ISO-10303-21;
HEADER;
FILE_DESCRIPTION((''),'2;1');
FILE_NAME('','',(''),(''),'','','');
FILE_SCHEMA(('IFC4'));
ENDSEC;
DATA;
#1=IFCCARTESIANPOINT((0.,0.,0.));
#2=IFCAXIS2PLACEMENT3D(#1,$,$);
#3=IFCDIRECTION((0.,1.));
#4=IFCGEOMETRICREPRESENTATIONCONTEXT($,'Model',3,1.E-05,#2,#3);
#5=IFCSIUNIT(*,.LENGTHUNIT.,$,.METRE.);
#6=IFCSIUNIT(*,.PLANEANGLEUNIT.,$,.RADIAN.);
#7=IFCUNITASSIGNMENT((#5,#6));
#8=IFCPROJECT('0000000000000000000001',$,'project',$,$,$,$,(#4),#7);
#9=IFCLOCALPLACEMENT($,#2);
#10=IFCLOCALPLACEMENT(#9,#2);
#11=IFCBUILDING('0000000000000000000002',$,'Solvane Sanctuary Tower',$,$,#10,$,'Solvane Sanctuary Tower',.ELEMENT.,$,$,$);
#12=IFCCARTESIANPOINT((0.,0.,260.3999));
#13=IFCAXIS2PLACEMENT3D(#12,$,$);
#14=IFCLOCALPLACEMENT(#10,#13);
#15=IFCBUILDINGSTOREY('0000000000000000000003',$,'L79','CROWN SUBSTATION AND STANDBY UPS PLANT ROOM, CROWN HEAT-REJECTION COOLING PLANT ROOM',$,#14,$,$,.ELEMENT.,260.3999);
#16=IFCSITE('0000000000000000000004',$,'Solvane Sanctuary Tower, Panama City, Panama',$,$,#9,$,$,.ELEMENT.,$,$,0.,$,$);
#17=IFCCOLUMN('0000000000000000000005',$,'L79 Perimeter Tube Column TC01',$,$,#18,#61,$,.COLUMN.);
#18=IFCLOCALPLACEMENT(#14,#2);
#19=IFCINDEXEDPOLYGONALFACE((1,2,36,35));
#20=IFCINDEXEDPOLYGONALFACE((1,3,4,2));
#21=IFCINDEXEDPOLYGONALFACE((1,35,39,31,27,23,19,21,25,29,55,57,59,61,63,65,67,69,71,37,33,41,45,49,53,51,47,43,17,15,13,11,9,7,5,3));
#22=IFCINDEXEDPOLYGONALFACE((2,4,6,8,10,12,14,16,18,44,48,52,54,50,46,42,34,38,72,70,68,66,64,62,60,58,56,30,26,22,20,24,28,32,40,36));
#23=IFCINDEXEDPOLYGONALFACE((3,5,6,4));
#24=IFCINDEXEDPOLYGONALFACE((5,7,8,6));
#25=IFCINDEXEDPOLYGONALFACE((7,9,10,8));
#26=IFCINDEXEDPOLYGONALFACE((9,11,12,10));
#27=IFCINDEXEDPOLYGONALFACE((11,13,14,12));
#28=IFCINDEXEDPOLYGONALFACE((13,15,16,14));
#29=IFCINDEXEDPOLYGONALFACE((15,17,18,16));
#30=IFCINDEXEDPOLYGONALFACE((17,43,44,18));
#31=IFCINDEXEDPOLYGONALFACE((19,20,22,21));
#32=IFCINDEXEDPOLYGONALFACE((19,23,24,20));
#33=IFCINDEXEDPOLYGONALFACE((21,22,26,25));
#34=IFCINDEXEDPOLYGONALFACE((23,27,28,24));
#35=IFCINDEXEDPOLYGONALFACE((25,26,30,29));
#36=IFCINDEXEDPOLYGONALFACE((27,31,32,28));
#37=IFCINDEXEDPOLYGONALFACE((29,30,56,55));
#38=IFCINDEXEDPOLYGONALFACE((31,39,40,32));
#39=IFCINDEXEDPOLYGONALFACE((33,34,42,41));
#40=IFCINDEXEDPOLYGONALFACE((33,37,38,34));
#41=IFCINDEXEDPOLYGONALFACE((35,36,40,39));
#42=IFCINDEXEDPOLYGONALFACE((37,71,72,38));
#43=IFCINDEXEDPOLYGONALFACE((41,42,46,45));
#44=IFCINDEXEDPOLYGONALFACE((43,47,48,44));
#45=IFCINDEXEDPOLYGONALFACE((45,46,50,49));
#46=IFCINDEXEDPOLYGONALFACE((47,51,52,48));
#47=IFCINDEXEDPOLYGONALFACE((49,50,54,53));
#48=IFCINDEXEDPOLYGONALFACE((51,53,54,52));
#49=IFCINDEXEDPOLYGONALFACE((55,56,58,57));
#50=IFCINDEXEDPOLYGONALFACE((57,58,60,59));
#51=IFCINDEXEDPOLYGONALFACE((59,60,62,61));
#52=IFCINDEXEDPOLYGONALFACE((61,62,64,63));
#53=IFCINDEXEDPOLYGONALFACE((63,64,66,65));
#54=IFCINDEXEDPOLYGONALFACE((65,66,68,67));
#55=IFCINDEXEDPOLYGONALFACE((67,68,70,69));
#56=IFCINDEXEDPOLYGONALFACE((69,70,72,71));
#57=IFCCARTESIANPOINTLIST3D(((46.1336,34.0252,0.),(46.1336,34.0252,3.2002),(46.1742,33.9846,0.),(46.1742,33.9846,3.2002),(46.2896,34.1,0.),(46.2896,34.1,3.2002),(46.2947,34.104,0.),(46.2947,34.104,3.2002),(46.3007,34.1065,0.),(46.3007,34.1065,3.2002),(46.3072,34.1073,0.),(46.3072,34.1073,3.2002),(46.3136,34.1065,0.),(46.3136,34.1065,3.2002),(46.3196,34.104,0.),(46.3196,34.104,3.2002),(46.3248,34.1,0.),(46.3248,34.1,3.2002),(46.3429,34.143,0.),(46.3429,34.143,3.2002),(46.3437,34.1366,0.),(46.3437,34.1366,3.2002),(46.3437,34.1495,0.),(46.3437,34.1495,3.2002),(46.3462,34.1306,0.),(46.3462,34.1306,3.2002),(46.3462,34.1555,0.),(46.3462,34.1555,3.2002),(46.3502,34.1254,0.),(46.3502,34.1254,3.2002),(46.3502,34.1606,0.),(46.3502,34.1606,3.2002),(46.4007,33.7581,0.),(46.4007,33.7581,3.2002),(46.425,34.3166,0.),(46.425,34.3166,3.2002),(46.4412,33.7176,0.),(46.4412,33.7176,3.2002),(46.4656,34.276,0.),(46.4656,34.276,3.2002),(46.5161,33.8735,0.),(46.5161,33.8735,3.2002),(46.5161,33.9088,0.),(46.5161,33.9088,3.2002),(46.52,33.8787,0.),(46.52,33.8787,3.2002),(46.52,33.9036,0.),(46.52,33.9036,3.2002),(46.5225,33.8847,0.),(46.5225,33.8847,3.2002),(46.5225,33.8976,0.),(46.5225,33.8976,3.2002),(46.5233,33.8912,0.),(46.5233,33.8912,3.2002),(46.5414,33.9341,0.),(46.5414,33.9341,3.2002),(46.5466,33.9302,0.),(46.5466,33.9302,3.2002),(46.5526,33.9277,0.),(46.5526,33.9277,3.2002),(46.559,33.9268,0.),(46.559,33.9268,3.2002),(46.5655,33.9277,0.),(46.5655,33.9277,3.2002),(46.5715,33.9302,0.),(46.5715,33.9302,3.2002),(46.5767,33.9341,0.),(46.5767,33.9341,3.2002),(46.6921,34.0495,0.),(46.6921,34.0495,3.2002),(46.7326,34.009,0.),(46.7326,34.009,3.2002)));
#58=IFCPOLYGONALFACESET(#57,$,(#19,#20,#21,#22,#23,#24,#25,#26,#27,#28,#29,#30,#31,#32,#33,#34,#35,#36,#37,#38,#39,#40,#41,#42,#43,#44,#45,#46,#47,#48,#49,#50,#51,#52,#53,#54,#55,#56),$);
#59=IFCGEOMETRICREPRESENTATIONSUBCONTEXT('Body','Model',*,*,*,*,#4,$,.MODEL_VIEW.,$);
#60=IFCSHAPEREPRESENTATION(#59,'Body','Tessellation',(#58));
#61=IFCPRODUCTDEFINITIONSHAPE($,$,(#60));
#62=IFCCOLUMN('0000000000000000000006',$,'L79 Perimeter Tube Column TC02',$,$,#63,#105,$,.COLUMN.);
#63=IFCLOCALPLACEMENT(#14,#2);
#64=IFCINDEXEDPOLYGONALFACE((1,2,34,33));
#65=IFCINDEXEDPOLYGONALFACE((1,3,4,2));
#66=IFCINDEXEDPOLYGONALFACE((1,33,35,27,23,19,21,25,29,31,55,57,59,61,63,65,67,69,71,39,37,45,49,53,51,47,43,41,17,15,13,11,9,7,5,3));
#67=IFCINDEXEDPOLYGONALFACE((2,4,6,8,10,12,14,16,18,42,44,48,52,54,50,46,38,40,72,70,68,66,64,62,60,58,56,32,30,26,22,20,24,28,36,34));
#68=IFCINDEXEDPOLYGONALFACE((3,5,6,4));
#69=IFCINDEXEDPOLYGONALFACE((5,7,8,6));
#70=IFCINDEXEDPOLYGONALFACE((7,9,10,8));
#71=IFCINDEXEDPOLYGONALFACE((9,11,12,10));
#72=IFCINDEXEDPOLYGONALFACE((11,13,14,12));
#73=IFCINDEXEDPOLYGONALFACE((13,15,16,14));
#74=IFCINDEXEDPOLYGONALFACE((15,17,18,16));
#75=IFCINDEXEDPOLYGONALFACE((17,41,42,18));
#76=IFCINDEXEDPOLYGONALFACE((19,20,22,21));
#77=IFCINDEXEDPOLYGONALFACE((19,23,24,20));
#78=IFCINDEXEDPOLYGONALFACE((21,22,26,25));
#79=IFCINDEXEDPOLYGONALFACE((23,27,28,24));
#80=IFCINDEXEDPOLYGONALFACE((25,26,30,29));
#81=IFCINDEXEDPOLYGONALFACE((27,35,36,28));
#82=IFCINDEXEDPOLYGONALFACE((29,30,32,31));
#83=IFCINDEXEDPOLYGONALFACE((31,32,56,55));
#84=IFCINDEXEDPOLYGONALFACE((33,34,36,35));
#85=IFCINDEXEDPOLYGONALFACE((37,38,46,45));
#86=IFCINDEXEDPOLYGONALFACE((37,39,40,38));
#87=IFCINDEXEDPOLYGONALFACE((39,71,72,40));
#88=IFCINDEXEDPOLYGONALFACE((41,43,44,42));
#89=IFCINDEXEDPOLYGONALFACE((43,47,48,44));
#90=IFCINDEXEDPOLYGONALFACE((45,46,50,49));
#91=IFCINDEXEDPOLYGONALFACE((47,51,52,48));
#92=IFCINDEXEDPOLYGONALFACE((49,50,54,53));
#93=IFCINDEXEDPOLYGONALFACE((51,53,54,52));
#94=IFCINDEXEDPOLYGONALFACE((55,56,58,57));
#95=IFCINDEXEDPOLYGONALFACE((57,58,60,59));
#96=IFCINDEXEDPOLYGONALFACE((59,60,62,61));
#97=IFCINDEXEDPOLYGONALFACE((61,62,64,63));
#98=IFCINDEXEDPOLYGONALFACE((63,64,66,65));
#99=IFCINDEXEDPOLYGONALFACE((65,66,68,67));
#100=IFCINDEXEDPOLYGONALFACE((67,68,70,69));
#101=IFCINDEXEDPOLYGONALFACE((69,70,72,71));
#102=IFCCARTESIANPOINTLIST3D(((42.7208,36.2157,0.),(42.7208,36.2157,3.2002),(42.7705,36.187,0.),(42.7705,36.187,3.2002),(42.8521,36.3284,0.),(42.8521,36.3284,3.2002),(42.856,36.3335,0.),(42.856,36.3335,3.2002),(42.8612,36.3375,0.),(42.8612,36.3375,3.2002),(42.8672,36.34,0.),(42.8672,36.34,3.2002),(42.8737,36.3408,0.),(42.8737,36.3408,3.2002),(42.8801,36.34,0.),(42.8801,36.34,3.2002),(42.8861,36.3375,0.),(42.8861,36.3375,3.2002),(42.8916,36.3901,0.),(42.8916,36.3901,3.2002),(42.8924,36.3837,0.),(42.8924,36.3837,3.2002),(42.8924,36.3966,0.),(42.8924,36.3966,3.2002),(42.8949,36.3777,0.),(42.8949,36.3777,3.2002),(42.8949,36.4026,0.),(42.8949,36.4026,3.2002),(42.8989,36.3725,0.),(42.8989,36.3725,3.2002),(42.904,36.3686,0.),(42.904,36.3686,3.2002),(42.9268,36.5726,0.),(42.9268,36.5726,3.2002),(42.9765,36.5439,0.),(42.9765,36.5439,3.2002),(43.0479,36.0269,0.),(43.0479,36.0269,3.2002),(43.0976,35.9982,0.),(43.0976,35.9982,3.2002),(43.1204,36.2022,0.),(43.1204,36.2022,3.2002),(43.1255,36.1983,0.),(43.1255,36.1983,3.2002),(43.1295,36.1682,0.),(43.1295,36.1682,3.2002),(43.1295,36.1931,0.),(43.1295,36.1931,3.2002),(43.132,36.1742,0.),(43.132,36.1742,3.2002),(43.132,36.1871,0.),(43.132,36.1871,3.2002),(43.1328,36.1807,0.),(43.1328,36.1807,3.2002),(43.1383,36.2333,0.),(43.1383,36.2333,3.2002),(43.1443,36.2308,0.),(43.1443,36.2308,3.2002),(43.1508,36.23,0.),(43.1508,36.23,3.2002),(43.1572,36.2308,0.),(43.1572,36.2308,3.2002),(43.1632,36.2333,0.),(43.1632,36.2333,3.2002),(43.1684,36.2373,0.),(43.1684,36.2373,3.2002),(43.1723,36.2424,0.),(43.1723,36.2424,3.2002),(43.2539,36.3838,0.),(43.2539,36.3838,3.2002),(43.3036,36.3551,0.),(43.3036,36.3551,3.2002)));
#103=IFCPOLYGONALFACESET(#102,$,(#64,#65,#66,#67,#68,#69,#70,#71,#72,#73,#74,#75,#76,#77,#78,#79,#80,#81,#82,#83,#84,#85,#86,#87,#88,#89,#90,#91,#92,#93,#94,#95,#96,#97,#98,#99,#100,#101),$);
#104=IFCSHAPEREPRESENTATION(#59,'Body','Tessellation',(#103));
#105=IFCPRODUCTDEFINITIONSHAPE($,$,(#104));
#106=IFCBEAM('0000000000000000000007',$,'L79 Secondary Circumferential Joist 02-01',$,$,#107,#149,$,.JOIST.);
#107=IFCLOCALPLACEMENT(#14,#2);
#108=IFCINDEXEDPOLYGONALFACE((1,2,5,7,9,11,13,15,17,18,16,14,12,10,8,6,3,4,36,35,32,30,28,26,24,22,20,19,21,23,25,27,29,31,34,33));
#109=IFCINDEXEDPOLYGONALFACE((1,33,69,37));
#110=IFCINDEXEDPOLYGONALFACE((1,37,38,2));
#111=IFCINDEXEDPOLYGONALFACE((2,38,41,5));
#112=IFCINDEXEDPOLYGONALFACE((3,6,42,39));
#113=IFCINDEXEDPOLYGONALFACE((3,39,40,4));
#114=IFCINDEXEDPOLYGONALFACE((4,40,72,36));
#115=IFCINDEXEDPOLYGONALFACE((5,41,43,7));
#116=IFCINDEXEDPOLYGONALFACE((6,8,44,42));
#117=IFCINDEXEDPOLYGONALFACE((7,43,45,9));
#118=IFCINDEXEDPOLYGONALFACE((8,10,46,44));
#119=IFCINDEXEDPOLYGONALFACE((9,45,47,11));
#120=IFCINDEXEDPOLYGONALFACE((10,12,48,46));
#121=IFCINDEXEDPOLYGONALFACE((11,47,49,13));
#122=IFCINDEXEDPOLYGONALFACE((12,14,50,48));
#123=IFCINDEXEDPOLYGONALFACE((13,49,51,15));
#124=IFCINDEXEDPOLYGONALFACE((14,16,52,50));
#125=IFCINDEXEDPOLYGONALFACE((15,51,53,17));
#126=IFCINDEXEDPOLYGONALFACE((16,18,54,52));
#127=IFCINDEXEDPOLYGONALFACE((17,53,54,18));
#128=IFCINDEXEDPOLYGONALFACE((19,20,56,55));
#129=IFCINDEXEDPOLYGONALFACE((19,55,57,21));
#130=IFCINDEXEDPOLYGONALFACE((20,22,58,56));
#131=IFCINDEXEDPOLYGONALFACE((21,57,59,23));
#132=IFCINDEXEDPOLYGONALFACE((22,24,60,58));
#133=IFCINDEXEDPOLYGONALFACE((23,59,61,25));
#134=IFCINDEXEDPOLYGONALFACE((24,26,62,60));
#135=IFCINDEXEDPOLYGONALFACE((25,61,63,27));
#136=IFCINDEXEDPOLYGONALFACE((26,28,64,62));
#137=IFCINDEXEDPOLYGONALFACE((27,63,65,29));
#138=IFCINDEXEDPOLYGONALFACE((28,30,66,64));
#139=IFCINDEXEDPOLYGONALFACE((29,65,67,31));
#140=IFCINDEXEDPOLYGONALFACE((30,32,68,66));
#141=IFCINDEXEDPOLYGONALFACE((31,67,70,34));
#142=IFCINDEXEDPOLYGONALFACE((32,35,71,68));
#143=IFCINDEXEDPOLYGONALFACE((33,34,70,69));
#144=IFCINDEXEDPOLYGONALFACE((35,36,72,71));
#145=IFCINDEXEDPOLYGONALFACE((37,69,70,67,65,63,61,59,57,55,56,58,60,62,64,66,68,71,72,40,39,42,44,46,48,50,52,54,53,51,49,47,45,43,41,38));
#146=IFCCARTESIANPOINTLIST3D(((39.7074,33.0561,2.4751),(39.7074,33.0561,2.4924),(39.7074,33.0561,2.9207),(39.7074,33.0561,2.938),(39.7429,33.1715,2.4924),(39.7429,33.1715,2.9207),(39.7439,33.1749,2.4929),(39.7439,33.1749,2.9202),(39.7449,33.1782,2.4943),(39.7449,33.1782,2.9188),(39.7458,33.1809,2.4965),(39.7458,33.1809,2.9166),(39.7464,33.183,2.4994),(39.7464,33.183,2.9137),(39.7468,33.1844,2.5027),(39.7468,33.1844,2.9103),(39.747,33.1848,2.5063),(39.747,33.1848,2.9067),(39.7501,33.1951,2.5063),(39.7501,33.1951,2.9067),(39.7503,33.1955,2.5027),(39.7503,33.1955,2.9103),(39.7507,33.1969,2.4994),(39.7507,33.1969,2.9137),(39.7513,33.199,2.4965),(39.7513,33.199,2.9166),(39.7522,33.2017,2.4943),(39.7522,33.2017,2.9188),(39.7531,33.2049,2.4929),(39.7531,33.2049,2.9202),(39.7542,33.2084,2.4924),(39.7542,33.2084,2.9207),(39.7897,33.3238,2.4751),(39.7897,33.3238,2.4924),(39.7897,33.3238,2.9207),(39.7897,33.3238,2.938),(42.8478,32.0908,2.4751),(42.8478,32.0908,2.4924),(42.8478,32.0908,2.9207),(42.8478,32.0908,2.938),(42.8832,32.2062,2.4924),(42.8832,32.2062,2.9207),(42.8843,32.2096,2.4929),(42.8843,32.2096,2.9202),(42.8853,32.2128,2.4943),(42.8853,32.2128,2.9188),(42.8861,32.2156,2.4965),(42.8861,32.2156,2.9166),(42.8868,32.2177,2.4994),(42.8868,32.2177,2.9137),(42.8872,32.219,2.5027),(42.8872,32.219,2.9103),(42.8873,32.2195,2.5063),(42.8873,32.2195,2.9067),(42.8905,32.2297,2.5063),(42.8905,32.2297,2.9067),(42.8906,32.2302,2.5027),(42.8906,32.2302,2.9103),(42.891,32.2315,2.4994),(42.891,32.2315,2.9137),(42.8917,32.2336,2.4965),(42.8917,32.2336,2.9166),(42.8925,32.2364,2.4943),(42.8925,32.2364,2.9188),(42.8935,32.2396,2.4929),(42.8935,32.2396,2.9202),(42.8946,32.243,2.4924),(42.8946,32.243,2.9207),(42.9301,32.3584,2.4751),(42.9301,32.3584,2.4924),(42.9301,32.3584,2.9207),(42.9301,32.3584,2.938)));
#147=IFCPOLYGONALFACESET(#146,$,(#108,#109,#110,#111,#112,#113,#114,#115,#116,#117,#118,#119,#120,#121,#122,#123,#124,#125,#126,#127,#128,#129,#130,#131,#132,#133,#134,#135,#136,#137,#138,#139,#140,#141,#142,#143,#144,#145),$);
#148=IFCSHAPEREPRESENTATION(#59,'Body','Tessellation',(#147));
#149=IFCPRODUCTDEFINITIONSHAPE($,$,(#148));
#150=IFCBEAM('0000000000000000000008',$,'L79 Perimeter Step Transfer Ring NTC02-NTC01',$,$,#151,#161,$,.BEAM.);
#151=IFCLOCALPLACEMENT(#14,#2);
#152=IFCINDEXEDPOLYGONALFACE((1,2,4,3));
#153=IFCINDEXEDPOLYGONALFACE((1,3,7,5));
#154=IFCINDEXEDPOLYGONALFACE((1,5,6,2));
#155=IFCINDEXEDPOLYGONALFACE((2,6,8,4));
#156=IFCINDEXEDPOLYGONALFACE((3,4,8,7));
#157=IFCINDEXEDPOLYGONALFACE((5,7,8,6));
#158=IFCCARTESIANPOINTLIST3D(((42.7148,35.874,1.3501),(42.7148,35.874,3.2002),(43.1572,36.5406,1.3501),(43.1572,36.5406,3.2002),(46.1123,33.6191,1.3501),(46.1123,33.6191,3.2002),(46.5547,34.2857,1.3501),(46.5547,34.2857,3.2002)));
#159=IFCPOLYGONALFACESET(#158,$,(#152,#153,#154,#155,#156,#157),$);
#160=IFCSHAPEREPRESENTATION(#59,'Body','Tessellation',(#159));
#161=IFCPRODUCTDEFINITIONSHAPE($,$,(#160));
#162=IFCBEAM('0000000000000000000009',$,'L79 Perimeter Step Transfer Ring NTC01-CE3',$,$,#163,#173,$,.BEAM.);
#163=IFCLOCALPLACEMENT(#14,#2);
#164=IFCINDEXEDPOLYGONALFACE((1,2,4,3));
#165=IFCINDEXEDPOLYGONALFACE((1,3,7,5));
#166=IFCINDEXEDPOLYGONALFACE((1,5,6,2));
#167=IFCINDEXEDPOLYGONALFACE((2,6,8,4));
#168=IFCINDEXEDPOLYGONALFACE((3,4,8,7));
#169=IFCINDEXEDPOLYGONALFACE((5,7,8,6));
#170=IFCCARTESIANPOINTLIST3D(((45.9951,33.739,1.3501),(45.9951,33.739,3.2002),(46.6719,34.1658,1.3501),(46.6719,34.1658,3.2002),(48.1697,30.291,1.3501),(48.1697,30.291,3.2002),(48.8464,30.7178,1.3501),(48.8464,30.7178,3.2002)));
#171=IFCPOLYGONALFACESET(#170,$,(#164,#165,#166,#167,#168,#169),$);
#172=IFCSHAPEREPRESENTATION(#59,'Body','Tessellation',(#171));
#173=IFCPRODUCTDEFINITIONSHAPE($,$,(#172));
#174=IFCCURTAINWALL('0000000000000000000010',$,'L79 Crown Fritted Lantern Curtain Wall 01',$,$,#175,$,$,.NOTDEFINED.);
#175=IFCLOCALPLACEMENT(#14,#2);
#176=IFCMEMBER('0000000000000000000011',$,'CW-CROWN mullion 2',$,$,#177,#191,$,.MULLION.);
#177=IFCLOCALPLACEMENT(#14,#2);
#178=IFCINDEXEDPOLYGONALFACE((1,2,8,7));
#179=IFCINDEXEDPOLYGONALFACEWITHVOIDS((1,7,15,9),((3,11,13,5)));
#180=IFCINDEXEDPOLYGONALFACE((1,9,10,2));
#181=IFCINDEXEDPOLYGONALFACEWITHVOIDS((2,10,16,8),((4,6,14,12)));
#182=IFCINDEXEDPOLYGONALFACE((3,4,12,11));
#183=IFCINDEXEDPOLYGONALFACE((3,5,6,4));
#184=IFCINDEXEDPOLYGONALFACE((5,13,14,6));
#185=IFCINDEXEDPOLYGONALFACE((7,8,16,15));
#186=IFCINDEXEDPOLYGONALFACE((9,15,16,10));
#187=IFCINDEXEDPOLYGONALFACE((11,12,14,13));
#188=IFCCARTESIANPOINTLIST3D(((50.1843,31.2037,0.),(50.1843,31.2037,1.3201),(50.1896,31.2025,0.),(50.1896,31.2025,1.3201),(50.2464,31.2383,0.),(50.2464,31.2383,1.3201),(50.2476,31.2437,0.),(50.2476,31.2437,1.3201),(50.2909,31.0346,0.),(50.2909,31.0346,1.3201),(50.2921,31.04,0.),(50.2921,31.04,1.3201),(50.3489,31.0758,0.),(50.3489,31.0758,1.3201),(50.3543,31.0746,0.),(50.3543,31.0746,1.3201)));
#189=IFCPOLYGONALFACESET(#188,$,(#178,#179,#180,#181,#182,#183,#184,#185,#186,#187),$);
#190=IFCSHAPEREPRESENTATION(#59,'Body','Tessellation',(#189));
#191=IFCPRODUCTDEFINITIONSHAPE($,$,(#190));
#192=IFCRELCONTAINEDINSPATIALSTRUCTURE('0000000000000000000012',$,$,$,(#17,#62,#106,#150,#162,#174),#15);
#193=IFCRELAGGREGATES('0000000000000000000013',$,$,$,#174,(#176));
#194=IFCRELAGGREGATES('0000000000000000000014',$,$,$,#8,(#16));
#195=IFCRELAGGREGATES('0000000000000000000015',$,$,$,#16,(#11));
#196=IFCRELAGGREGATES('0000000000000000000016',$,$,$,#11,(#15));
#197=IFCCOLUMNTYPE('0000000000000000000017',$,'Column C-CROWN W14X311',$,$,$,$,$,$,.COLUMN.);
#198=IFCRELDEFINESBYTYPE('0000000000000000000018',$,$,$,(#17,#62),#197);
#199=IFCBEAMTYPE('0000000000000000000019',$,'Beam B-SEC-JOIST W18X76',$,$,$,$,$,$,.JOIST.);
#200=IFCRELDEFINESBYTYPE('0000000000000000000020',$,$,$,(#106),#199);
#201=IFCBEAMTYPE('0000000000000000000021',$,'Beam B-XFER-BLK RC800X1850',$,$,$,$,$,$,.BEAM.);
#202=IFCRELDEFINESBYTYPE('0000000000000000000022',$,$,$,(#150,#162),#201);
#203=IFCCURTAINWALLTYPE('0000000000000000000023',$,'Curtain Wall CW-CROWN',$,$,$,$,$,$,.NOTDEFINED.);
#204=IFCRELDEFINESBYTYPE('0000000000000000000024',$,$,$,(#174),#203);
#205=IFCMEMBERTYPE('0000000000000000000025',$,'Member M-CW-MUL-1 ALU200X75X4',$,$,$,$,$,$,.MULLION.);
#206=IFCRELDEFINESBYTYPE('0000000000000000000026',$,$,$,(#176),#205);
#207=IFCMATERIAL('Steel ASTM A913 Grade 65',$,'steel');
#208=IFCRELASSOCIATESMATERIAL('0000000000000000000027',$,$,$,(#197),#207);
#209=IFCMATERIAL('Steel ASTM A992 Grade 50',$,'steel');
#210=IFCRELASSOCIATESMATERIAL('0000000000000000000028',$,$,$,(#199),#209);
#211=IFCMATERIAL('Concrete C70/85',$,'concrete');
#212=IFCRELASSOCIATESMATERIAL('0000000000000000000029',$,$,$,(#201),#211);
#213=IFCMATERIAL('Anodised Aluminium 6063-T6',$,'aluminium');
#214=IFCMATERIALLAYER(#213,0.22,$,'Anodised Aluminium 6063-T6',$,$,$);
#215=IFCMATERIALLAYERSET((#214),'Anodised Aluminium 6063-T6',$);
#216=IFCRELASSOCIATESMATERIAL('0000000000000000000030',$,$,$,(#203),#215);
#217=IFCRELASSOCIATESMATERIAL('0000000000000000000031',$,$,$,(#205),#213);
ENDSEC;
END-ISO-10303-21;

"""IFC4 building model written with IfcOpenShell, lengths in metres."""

from ifc_helpers import new_model, si_unit, direction, frame, origin, origin_2d, place, context, subcontext, project, spatial, rectangle, hollow_rectangle, i_section, extrude, material, layer, layer_set, material_profile, profile_set, type_object, element, aggregate, save


model = new_model("IFC4")

# Units and contexts
model_context = context("Model", 3, precision=1e-05, world=origin(), true_north=direction((0.0, 1.0)))
body_context = subcontext(model_context, "Body", "Model", "MODEL_VIEW")
ifc_project = project(units=[si_unit("LENGTHUNIT", "METRE"), si_unit("PLANEANGLEUNIT", "RADIAN")], contexts=[model_context])

# Site, building, storey
site_placement = place(None, origin())
site = spatial("IfcSite", under=ifc_project, at=site_placement, Name="Solvane Sanctuary Tower, Panama City, Panama", CompositionType="ELEMENT", RefElevation=0.0)
building_placement = place(site_placement, origin())
building = spatial("IfcBuilding", under=site, at=building_placement, Name="Solvane Sanctuary Tower", LongName="Solvane Sanctuary Tower", CompositionType="ELEMENT")
storey_placement = place(building_placement, frame((0.0, 0.0, 260.3999)))
storey = spatial("IfcBuildingStorey", under=building, at=storey_placement, Name="L79", Description="CROWN SUBSTATION AND STANDBY UPS PLANT ROOM, CROWN HEAT-REJECTION COOLING PLANT ROOM", CompositionType="ELEMENT", Elevation=260.3999)

# Columns
ifc_material_1 = material(Name="Steel ASTM A913 Grade 65", Category="steel")
ifc_material_profile_1 = material_profile(ifc_material_1, i_section(OverallWidth=0.4121, OverallDepth=0.4351, WebThickness=0.0359, FlangeThickness=0.0574, FilletRadius=0.0249, at=origin_2d()), Name="W14X311")
ifc_profile_set_1 = profile_set([ifc_material_profile_1], Name="Steel ASTM A913 Grade 65")
column_type = type_object("IfcColumnType", Name="Column C-CROWN W14X311", PredefinedType="COLUMN", material=ifc_profile_set_1)
for number, where, z_axis, x_axis, name in (
    (1, (46.4331, 34.0171, 0.0), (0.0, 0.0, 1.0), (0.707107, 0.707107, 0.0), "L79 Perimeter Tube Column TC01"),
    (2, (43.0122, 36.2854, 0.0), (0.0, 0.0, 1.0), (0.5, 0.866025, 0.0), "L79 Perimeter Tube Column TC02"),
):
    element("IfcColumn", number, at=place(storey_placement, frame(where, z_axis=z_axis, x_axis=x_axis)), inside=storey, type_object=column_type, Name=name, PredefinedType="COLUMN", context=body_context, shape_type="SweptSolid", body=[
        extrude(i_section(OverallWidth=0.4121, OverallDepth=0.4351, WebThickness=0.0359, FlangeThickness=0.0574, FilletRadius=0.0249, at=origin_2d()), origin(), (0.0, 0.0, 1.0), 3.2002),
    ])

# Beams
ifc_material_2 = material(Name="Steel ASTM A992 Grade 50", Category="steel")
ifc_material_profile_2 = material_profile(ifc_material_2, i_section(OverallWidth=0.28, OverallDepth=0.4629, WebThickness=0.0107, FlangeThickness=0.0173, FilletRadius=0.0139, at=origin_2d()), Name="W18X76")
ifc_profile_set_2 = profile_set([ifc_material_profile_2], Name="Steel ASTM A992 Grade 50")
beam_type_1 = type_object("IfcBeamType", Name="Beam B-SEC-JOIST W18X76", PredefinedType="JOIST", material=ifc_profile_set_2)
beam_1_placement = place(storey_placement, frame((39.7485, 33.1899, 2.7065), z_axis=(0.955859, -0.293825, 0.0), x_axis=(0.293825, 0.955859, 0.0)))
element("IfcBeam", 3, at=beam_1_placement, inside=storey, type_object=beam_type_1, Name="L79 Secondary Circumferential Joist 02-01", PredefinedType="JOIST", context=body_context, shape_type="SweptSolid", body=[
    extrude(i_section(OverallWidth=0.28, OverallDepth=0.4629, WebThickness=0.0107, FlangeThickness=0.0173, FilletRadius=0.0139, at=origin_2d()), origin(), (0.0, 0.0, 1.0), 3.2854),
])
ifc_material_3 = material(Name="Concrete C70/85", Category="concrete")
ifc_material_profile_3 = material_profile(ifc_material_3, rectangle(XDim=0.8, YDim=1.8501, at=origin_2d()), Name="RC800X1850")
ifc_profile_set_3 = profile_set([ifc_material_profile_3], Name="Concrete C70/85")
beam_type_2 = type_object("IfcBeamType", Name="Beam B-XFER-BLK RC800X1850", PredefinedType="BEAM", material=ifc_profile_set_3)
beam_2_placement = place(storey_placement, frame((42.936, 36.2073, 2.2751), z_axis=(0.833191, -0.552986, 0.0), x_axis=(0.552986, 0.833191, 0.0)))
element("IfcBeam", 4, at=beam_2_placement, inside=storey, type_object=beam_type_2, Name="L79 Perimeter Step Transfer Ring NTC02-NTC01", PredefinedType="BEAM", context=body_context, shape_type="SweptSolid", body=[
    extrude(rectangle(XDim=0.8, YDim=1.8501, at=origin_2d()), origin(), (0.0, 0.0, 1.0), 4.0776),
])
beam_3_placement = place(storey_placement, frame((46.3335, 33.9524, 2.2751), z_axis=(0.533445, -0.845835, 0.0), x_axis=(0.845835, 0.533445, 0.0)))
element("IfcBeam", 5, at=beam_3_placement, inside=storey, type_object=beam_type_2, Name="L79 Perimeter Step Transfer Ring NTC01-CE3", PredefinedType="BEAM", context=body_context, shape_type="SweptSolid", body=[
    extrude(rectangle(XDim=0.8, YDim=1.8501, at=origin_2d()), origin(), (0.0, 0.0, 1.0), 4.0764),
])

# Curtain wall, member
ifc_material_4 = material(Name="Anodised Aluminium 6063-T6", Category="aluminium")
ifc_layer_1 = layer(ifc_material_4, 0.22, Name="Anodised Aluminium 6063-T6")
ifc_layer_set_1 = layer_set([ifc_layer_1], Name="Anodised Aluminium 6063-T6")
curtain_wall_type = type_object("IfcCurtainWallType", Name="Curtain Wall CW-CROWN", PredefinedType="NOTDEFINED", material=ifc_layer_set_1)
curtain_wall_1_placement = place(storey_placement, origin())
curtain_wall_1 = element("IfcCurtainWall", 6, at=curtain_wall_1_placement, inside=storey, type_object=curtain_wall_type, Name="L79 Crown Fritted Lantern Curtain Wall 01", PredefinedType="NOTDEFINED")
ifc_material_profile_4 = material_profile(ifc_material_4, hollow_rectangle(XDim=0.075, YDim=0.2, WallThickness=0.0039, at=origin_2d()), Name="ALU200X75X4")
ifc_profile_set_4 = profile_set([ifc_material_profile_4], Name="Anodised Aluminium 6063-T6")
member_type_1 = type_object("IfcMemberType", Name="Member M-CW-MUL-1 ALU200X75X4", PredefinedType="MULLION", material=ifc_profile_set_4)
member_1_placement = place(storey_placement, frame((50.2693, 31.1392, 0.0), z_axis=(0.0, 0.0, 1.0), x_axis=(-0.845808, -0.533487, 0.0)))
member_1 = element("IfcMember", 7, at=member_1_placement, type_object=member_type_1, Name="CW-CROWN mullion 2", PredefinedType="MULLION", context=body_context, shape_type="SweptSolid", body=[
    extrude(hollow_rectangle(XDim=0.075, YDim=0.2, WallThickness=0.0039, at=origin_2d()), origin(), (0.0, 0.0, 1.0), 1.3201),
])
aggregate(curtain_wall_1, [member_1])

save(model, "model.ifc")
